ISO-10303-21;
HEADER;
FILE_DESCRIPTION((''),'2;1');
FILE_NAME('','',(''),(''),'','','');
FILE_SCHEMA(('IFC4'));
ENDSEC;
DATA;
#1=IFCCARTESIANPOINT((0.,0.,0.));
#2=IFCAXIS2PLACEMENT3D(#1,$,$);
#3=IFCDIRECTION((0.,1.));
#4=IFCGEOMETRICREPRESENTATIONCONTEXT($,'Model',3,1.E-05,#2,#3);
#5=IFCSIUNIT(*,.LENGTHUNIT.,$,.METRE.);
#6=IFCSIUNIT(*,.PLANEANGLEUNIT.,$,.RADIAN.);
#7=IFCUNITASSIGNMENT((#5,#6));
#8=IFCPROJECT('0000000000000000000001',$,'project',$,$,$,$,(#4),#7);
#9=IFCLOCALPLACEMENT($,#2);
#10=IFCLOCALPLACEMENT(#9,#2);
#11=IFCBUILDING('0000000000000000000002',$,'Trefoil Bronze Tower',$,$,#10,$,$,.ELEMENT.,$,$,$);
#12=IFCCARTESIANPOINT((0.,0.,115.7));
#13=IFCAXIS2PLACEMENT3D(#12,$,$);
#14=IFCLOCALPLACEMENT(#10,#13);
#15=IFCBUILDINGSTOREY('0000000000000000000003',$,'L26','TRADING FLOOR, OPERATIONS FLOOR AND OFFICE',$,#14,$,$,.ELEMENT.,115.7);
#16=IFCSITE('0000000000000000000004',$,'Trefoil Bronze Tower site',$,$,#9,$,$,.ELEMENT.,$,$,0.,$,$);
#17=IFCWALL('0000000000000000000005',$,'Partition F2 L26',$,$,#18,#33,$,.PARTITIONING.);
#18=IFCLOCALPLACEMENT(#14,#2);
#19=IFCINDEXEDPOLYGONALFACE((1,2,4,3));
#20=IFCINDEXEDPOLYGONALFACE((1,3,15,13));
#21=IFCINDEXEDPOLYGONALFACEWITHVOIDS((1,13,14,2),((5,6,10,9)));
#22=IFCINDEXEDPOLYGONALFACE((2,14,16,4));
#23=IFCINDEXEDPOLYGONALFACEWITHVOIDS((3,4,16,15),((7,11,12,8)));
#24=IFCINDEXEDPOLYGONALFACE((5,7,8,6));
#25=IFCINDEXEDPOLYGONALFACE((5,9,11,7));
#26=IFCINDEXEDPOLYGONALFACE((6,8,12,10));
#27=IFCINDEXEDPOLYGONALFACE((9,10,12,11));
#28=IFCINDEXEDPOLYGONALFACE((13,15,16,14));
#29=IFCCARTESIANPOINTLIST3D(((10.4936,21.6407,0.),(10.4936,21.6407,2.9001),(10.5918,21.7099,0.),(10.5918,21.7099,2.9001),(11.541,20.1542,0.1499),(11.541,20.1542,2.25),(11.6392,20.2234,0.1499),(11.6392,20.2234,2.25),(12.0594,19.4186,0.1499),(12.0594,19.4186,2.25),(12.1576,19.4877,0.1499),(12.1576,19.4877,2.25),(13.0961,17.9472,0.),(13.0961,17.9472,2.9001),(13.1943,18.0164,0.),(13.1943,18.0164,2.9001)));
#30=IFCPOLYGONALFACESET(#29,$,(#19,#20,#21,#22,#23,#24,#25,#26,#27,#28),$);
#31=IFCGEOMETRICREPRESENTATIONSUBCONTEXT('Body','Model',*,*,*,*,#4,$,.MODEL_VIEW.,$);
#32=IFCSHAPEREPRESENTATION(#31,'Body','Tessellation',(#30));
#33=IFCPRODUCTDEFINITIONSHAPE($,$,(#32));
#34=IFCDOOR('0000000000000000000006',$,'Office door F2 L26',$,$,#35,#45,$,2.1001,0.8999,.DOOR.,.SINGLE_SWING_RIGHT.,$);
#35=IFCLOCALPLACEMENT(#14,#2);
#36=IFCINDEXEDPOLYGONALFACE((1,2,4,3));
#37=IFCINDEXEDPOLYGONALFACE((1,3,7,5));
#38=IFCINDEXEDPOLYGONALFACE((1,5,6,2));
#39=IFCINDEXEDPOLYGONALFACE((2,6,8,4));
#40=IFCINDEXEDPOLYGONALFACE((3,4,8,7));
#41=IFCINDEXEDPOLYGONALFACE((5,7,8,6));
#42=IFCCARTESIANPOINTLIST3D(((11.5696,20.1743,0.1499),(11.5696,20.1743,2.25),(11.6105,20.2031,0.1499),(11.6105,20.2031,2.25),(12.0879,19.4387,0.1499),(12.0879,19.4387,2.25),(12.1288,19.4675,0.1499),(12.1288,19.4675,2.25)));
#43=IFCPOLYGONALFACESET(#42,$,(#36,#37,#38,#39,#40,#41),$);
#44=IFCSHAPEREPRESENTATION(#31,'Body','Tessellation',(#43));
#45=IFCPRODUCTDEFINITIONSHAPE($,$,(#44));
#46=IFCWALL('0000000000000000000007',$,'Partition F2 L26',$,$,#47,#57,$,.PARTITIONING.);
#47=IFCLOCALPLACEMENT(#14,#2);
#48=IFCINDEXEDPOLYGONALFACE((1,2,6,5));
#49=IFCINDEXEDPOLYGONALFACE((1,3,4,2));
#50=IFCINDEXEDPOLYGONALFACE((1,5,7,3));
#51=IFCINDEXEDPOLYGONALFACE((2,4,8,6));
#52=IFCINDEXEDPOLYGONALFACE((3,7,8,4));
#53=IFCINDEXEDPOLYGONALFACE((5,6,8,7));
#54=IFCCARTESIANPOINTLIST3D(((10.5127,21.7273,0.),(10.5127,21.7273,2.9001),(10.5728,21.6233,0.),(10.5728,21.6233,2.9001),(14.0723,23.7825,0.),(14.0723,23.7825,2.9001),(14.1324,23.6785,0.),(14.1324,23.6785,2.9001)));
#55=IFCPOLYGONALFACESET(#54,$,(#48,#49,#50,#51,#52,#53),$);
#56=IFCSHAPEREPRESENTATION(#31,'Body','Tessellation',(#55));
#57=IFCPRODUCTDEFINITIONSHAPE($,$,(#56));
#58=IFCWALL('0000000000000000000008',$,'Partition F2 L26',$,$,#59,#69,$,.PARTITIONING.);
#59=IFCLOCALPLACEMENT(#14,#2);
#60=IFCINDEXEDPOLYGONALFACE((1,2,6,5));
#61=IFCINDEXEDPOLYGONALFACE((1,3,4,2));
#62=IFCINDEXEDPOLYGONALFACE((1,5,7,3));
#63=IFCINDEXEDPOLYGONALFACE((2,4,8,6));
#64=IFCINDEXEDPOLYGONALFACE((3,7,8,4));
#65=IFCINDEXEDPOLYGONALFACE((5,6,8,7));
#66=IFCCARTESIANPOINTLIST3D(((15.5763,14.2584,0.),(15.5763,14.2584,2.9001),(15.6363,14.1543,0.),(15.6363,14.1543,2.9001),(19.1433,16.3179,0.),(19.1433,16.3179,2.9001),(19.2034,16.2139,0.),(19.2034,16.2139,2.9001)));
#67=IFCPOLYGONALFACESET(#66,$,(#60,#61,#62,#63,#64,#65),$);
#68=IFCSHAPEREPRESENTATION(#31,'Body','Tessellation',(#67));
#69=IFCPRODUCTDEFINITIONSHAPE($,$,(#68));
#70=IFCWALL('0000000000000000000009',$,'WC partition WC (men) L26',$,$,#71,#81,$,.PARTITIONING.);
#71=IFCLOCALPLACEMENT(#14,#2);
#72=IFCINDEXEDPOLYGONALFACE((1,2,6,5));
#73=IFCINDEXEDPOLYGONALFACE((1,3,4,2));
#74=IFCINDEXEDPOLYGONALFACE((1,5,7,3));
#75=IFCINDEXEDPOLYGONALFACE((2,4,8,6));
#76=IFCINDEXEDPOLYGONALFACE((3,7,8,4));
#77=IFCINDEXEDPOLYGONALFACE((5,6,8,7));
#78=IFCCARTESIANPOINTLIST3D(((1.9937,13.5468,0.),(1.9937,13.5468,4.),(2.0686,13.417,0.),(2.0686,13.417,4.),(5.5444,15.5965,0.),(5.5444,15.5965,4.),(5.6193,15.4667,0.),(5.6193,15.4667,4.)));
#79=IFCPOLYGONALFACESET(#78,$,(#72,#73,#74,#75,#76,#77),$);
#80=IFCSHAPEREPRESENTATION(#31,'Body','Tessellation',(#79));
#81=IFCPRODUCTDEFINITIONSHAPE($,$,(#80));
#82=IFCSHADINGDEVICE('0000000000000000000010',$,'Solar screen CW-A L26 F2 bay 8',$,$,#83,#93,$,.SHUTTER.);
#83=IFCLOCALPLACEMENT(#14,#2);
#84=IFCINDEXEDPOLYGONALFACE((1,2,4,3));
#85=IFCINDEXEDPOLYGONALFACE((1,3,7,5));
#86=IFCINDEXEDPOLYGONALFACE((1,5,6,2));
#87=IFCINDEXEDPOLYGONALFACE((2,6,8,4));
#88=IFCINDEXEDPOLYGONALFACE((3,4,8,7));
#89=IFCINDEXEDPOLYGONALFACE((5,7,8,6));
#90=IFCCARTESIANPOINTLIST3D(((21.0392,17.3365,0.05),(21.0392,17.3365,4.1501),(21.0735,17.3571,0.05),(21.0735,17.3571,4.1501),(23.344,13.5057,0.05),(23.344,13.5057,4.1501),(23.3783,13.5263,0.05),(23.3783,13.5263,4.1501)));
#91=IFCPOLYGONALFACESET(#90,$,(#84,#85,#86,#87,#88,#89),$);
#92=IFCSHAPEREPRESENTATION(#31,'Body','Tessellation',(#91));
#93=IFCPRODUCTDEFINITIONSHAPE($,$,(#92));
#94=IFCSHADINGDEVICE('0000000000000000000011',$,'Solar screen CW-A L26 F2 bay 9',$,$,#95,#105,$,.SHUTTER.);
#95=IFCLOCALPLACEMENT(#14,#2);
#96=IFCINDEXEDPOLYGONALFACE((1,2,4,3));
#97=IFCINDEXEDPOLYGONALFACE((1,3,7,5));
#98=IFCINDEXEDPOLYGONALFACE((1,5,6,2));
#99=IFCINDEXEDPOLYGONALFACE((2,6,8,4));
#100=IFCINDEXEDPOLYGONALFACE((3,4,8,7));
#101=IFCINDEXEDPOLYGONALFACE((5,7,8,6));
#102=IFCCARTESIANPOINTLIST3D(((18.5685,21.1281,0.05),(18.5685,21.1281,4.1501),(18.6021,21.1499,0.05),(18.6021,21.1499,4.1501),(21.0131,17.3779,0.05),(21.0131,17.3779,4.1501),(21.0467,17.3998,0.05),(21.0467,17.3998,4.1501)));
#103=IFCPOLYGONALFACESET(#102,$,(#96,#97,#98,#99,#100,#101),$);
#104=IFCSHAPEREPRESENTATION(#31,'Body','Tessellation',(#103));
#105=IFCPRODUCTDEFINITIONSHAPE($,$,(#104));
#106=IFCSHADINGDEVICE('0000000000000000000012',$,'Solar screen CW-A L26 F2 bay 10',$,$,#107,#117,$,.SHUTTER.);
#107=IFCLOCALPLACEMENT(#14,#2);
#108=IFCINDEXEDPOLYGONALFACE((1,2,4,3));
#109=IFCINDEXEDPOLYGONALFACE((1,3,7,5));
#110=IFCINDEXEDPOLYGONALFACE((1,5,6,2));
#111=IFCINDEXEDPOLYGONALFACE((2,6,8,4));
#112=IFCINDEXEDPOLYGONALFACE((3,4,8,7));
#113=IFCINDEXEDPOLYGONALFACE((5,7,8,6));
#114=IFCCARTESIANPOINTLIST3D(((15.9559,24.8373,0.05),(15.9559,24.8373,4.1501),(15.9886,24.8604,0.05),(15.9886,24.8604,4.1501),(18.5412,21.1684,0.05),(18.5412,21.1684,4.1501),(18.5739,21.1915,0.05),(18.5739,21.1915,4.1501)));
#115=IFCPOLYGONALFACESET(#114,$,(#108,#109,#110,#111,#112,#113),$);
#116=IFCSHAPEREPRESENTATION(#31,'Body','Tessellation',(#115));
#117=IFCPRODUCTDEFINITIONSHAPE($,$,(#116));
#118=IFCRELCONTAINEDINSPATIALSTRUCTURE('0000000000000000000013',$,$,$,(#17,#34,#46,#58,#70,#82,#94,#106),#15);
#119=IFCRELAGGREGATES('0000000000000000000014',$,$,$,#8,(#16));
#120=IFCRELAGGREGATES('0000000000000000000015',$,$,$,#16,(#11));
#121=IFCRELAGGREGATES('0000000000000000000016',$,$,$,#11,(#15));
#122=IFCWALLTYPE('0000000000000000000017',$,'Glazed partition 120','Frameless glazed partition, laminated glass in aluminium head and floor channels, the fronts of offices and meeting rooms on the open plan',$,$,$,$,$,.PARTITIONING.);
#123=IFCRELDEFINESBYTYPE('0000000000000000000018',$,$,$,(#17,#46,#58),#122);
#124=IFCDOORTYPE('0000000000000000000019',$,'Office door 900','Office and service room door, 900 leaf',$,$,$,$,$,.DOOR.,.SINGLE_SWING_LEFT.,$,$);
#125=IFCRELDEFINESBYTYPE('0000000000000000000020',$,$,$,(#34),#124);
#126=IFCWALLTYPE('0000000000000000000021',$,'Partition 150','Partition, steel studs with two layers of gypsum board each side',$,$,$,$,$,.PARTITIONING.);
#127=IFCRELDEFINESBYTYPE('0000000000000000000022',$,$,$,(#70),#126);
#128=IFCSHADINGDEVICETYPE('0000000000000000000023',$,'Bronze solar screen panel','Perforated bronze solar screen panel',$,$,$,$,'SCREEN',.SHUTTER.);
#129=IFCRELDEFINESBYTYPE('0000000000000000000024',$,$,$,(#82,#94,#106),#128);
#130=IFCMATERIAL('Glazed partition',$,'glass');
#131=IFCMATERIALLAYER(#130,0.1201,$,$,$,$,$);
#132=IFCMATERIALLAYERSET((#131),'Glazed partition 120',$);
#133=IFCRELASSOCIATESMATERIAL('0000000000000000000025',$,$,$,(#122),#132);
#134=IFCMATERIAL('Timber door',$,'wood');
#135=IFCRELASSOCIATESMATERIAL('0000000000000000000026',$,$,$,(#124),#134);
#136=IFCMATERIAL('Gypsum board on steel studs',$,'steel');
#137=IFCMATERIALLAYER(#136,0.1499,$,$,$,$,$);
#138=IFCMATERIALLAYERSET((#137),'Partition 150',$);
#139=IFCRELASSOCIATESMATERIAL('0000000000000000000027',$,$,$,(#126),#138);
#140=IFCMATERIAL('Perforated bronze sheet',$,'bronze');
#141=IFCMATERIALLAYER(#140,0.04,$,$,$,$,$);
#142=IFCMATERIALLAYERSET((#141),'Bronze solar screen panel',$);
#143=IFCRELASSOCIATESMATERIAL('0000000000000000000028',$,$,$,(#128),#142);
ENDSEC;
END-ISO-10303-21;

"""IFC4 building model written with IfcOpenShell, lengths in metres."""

from ifc_helpers import new_model, si_unit, direction, frame, frame_2d, origin, origin_2d, place, context, subcontext, project, spatial, rectangle, extrude, material, layer, layer_set, type_object, element, fill, save


model = new_model("IFC4")

# Units and contexts
model_context = context("Model", 3, precision=1e-05, world=origin(), true_north=direction((0.0, 1.0)))
body_context = subcontext(model_context, "Body", "Model", "MODEL_VIEW")
ifc_project = project(units=[si_unit("LENGTHUNIT", "METRE"), si_unit("PLANEANGLEUNIT", "RADIAN")], contexts=[model_context])

# Site, building, storey
site_placement = place(None, origin())
site = spatial("IfcSite", under=ifc_project, at=site_placement, Name="Trefoil Bronze Tower site", CompositionType="ELEMENT", RefElevation=0.0)
building_placement = place(site_placement, origin())
building = spatial("IfcBuilding", under=site, at=building_placement, Name="Trefoil Bronze Tower", CompositionType="ELEMENT")
storey_placement = place(building_placement, frame((0.0, 0.0, 115.7)))
storey = spatial("IfcBuildingStorey", under=building, at=storey_placement, Name="L26", Description="TRADING FLOOR, OPERATIONS FLOOR AND OFFICE", CompositionType="ELEMENT", Elevation=115.7)

# Shared definitions
ifc_material_1 = material(Name="Glazed partition", Category="glass")
ifc_layer_1 = layer(ifc_material_1, 0.1201)
ifc_layer_set_1 = layer_set([ifc_layer_1], Name="Glazed partition 120")
wall_type_1 = type_object("IfcWallType", Name="Glazed partition 120", Description="Frameless glazed partition, laminated glass in aluminium head and floor channels, the fronts of offices and meeting rooms on the open plan", PredefinedType="PARTITIONING", material=ifc_layer_set_1)

# Wall, opening, door
wall_1_placement = place(storey_placement, frame((13.1453, 17.9817, 0.0), z_axis=(0.0, 0.0, 1.0), x_axis=(-0.575987, 0.817459, 0.0)))
wall_1 = element("IfcWall", 1, at=wall_1_placement, inside=storey, type_object=wall_type_1, Name="Partition F2 L26", PredefinedType="PARTITIONING", context=body_context, shape_type="SweptSolid", body=[
    extrude(rectangle(XDim=4.5183, YDim=0.1201, at=frame_2d((2.2593, 0.0))), origin(), (0.0, 0.0, 1.0), 2.9001),
])
opening_placement = place(wall_1_placement, frame((1.8, 0.0, 0.1499)))
opening = element("IfcOpeningElement", 2, at=opening_placement, cuts=wall_1, PredefinedType="OPENING", context=body_context, shape_type="SweptSolid", body=[
    extrude(rectangle(XDim=0.8999, YDim=2.1001, at=frame_2d((0.45, 1.05))), frame((0.0, 0.0701, 0.0), z_axis=(0.0, -1.0, 0.0), x_axis=(1.0, 0.0, 0.0)), (0.0, 0.0, 1.0), 0.1401),
])
ifc_material_2 = material(Name="Timber door", Category="wood")
door_type = type_object("IfcDoorType", Name="Office door 900", Description="Office and service room door, 900 leaf", OperationType="SINGLE_SWING_LEFT", PredefinedType="DOOR", material=ifc_material_2)
door_placement = place(opening_placement, frame((0.8999, 0.0, 0.0), z_axis=(0.0, 0.0, 1.0), x_axis=(-1.0, 0.0, 0.0)))
door = element("IfcDoor", 3, at=door_placement, inside=storey, type_object=door_type, Name="Office door F2 L26", OperationType="SINGLE_SWING_RIGHT", OverallHeight=2.1001, OverallWidth=0.8999, PredefinedType="DOOR", context=body_context, shape_type="SweptSolid", body=[
    extrude(rectangle(XDim=0.8999, YDim=2.1001, at=frame_2d((0.45, 1.05))), frame((0.0, 0.0249, 0.0), z_axis=(0.0, -1.0, 0.0), x_axis=(1.0, 0.0, 0.0)), (0.0, 0.0, 1.0), 0.05),
])
fill(opening, door)

# Walls
wall_2_placement = place(storey_placement, frame((10.5427, 21.6753, 0.0), z_axis=(0.0, 0.0, 1.0), x_axis=(0.866019, 0.50001, 0.0)))
element("IfcWall", 4, at=wall_2_placement, inside=storey, type_object=wall_type_1, Name="Partition F2 L26", PredefinedType="PARTITIONING", context=body_context, shape_type="SweptSolid", body=[
    extrude(rectangle(XDim=4.1104, YDim=0.1201, at=frame_2d((2.0552, 0.0))), origin(), (0.0, 0.0, 1.0), 2.9001),
])
wall_3_placement = place(storey_placement, frame((15.6062, 14.2063, 0.0), z_axis=(0.0, 0.0, 1.0), x_axis=(0.866017, 0.500015, 0.0)))
element("IfcWall", 5, at=wall_3_placement, inside=storey, type_object=wall_type_1, Name="Partition F2 L26", PredefinedType="PARTITIONING", context=body_context, shape_type="SweptSolid", body=[
    extrude(rectangle(XDim=4.1189, YDim=0.1201, at=frame_2d((2.0596, 0.0))), origin(), (0.0, 0.0, 1.0), 2.9001),
])
ifc_material_3 = material(Name="Gypsum board on steel studs", Category="steel")
ifc_layer_2 = layer(ifc_material_3, 0.1499)
ifc_layer_set_2 = layer_set([ifc_layer_2], Name="Partition 150")
wall_type_2 = type_object("IfcWallType", Name="Partition 150", Description="Partition, steel studs with two layers of gypsum board each side", PredefinedType="PARTITIONING", material=ifc_layer_set_2)
wall_4_placement = place(storey_placement, frame((2.0312, 13.4819, 0.0), z_axis=(0.0, 0.0, 1.0), x_axis=(0.866051, 0.499956, 0.0)))
element("IfcWall", 6, at=wall_4_placement, inside=storey, type_object=wall_type_2, Name="WC partition WC (men) L26", PredefinedType="PARTITIONING", context=body_context, shape_type="SweptSolid", body=[
    extrude(rectangle(XDim=4.0999, YDim=0.1499, at=frame_2d((2.0498, 0.0))), origin(), (0.0, 0.0, 1.0), 4.0),
])

# Shading devices
ifc_material_4 = material(Name="Perforated bronze sheet", Category="bronze")
ifc_layer_3 = layer(ifc_material_4, 0.04)
ifc_layer_set_3 = layer_set([ifc_layer_3], Name="Bronze solar screen panel")
shading_device_type = type_object("IfcShadingDeviceType", Name="Bronze solar screen panel", Description="Perforated bronze solar screen panel", ElementType="SCREEN", PredefinedType="SHUTTER", material=ifc_layer_set_3)
shading_device_1_placement = place(storey_placement, frame((22.2087, 15.4314, 0.05), z_axis=(0.0, 0.0, 1.0), x_axis=(-0.515525, 0.856874, 0.0)))
element("IfcShadingDevice", 7, at=shading_device_1_placement, inside=storey, type_object=shading_device_type, Name="Solar screen CW-A L26 F2 bay 8", PredefinedType="SHUTTER", context=body_context, shape_type="SweptSolid", body=[
    extrude(rectangle(XDim=4.4707, YDim=0.04, at=origin_2d()), origin(), (0.0, 0.0, 1.0), 4.1001),
])
shading_device_2_placement = place(storey_placement, frame((19.8076, 19.2639, 0.05), z_axis=(0.0, 0.0, 1.0), x_axis=(-0.546089, 0.837727, 0.0)))
element("IfcShadingDevice", 8, at=shading_device_2_placement, inside=storey, type_object=shading_device_type, Name="Solar screen CW-A L26 F2 bay 9", PredefinedType="SHUTTER", context=body_context, shape_type="SweptSolid", body=[
    extrude(rectangle(XDim=4.4766, YDim=0.04, at=origin_2d()), origin(), (0.0, 0.0, 1.0), 4.1001),
])
shading_device_3_placement = place(storey_placement, frame((17.2649, 23.0144, 0.05), z_axis=(0.0, 0.0, 1.0), x_axis=(-0.575999, 0.81745, 0.0)))
element("IfcShadingDevice", 9, at=shading_device_3_placement, inside=storey, type_object=shading_device_type, Name="Solar screen CW-A L26 F2 bay 10", PredefinedType="SHUTTER", context=body_context, shape_type="SweptSolid", body=[
    extrude(rectangle(XDim=4.4883, YDim=0.04, at=origin_2d()), origin(), (0.0, 0.0, 1.0), 4.1001),
])

save(model, "model.ifc")
